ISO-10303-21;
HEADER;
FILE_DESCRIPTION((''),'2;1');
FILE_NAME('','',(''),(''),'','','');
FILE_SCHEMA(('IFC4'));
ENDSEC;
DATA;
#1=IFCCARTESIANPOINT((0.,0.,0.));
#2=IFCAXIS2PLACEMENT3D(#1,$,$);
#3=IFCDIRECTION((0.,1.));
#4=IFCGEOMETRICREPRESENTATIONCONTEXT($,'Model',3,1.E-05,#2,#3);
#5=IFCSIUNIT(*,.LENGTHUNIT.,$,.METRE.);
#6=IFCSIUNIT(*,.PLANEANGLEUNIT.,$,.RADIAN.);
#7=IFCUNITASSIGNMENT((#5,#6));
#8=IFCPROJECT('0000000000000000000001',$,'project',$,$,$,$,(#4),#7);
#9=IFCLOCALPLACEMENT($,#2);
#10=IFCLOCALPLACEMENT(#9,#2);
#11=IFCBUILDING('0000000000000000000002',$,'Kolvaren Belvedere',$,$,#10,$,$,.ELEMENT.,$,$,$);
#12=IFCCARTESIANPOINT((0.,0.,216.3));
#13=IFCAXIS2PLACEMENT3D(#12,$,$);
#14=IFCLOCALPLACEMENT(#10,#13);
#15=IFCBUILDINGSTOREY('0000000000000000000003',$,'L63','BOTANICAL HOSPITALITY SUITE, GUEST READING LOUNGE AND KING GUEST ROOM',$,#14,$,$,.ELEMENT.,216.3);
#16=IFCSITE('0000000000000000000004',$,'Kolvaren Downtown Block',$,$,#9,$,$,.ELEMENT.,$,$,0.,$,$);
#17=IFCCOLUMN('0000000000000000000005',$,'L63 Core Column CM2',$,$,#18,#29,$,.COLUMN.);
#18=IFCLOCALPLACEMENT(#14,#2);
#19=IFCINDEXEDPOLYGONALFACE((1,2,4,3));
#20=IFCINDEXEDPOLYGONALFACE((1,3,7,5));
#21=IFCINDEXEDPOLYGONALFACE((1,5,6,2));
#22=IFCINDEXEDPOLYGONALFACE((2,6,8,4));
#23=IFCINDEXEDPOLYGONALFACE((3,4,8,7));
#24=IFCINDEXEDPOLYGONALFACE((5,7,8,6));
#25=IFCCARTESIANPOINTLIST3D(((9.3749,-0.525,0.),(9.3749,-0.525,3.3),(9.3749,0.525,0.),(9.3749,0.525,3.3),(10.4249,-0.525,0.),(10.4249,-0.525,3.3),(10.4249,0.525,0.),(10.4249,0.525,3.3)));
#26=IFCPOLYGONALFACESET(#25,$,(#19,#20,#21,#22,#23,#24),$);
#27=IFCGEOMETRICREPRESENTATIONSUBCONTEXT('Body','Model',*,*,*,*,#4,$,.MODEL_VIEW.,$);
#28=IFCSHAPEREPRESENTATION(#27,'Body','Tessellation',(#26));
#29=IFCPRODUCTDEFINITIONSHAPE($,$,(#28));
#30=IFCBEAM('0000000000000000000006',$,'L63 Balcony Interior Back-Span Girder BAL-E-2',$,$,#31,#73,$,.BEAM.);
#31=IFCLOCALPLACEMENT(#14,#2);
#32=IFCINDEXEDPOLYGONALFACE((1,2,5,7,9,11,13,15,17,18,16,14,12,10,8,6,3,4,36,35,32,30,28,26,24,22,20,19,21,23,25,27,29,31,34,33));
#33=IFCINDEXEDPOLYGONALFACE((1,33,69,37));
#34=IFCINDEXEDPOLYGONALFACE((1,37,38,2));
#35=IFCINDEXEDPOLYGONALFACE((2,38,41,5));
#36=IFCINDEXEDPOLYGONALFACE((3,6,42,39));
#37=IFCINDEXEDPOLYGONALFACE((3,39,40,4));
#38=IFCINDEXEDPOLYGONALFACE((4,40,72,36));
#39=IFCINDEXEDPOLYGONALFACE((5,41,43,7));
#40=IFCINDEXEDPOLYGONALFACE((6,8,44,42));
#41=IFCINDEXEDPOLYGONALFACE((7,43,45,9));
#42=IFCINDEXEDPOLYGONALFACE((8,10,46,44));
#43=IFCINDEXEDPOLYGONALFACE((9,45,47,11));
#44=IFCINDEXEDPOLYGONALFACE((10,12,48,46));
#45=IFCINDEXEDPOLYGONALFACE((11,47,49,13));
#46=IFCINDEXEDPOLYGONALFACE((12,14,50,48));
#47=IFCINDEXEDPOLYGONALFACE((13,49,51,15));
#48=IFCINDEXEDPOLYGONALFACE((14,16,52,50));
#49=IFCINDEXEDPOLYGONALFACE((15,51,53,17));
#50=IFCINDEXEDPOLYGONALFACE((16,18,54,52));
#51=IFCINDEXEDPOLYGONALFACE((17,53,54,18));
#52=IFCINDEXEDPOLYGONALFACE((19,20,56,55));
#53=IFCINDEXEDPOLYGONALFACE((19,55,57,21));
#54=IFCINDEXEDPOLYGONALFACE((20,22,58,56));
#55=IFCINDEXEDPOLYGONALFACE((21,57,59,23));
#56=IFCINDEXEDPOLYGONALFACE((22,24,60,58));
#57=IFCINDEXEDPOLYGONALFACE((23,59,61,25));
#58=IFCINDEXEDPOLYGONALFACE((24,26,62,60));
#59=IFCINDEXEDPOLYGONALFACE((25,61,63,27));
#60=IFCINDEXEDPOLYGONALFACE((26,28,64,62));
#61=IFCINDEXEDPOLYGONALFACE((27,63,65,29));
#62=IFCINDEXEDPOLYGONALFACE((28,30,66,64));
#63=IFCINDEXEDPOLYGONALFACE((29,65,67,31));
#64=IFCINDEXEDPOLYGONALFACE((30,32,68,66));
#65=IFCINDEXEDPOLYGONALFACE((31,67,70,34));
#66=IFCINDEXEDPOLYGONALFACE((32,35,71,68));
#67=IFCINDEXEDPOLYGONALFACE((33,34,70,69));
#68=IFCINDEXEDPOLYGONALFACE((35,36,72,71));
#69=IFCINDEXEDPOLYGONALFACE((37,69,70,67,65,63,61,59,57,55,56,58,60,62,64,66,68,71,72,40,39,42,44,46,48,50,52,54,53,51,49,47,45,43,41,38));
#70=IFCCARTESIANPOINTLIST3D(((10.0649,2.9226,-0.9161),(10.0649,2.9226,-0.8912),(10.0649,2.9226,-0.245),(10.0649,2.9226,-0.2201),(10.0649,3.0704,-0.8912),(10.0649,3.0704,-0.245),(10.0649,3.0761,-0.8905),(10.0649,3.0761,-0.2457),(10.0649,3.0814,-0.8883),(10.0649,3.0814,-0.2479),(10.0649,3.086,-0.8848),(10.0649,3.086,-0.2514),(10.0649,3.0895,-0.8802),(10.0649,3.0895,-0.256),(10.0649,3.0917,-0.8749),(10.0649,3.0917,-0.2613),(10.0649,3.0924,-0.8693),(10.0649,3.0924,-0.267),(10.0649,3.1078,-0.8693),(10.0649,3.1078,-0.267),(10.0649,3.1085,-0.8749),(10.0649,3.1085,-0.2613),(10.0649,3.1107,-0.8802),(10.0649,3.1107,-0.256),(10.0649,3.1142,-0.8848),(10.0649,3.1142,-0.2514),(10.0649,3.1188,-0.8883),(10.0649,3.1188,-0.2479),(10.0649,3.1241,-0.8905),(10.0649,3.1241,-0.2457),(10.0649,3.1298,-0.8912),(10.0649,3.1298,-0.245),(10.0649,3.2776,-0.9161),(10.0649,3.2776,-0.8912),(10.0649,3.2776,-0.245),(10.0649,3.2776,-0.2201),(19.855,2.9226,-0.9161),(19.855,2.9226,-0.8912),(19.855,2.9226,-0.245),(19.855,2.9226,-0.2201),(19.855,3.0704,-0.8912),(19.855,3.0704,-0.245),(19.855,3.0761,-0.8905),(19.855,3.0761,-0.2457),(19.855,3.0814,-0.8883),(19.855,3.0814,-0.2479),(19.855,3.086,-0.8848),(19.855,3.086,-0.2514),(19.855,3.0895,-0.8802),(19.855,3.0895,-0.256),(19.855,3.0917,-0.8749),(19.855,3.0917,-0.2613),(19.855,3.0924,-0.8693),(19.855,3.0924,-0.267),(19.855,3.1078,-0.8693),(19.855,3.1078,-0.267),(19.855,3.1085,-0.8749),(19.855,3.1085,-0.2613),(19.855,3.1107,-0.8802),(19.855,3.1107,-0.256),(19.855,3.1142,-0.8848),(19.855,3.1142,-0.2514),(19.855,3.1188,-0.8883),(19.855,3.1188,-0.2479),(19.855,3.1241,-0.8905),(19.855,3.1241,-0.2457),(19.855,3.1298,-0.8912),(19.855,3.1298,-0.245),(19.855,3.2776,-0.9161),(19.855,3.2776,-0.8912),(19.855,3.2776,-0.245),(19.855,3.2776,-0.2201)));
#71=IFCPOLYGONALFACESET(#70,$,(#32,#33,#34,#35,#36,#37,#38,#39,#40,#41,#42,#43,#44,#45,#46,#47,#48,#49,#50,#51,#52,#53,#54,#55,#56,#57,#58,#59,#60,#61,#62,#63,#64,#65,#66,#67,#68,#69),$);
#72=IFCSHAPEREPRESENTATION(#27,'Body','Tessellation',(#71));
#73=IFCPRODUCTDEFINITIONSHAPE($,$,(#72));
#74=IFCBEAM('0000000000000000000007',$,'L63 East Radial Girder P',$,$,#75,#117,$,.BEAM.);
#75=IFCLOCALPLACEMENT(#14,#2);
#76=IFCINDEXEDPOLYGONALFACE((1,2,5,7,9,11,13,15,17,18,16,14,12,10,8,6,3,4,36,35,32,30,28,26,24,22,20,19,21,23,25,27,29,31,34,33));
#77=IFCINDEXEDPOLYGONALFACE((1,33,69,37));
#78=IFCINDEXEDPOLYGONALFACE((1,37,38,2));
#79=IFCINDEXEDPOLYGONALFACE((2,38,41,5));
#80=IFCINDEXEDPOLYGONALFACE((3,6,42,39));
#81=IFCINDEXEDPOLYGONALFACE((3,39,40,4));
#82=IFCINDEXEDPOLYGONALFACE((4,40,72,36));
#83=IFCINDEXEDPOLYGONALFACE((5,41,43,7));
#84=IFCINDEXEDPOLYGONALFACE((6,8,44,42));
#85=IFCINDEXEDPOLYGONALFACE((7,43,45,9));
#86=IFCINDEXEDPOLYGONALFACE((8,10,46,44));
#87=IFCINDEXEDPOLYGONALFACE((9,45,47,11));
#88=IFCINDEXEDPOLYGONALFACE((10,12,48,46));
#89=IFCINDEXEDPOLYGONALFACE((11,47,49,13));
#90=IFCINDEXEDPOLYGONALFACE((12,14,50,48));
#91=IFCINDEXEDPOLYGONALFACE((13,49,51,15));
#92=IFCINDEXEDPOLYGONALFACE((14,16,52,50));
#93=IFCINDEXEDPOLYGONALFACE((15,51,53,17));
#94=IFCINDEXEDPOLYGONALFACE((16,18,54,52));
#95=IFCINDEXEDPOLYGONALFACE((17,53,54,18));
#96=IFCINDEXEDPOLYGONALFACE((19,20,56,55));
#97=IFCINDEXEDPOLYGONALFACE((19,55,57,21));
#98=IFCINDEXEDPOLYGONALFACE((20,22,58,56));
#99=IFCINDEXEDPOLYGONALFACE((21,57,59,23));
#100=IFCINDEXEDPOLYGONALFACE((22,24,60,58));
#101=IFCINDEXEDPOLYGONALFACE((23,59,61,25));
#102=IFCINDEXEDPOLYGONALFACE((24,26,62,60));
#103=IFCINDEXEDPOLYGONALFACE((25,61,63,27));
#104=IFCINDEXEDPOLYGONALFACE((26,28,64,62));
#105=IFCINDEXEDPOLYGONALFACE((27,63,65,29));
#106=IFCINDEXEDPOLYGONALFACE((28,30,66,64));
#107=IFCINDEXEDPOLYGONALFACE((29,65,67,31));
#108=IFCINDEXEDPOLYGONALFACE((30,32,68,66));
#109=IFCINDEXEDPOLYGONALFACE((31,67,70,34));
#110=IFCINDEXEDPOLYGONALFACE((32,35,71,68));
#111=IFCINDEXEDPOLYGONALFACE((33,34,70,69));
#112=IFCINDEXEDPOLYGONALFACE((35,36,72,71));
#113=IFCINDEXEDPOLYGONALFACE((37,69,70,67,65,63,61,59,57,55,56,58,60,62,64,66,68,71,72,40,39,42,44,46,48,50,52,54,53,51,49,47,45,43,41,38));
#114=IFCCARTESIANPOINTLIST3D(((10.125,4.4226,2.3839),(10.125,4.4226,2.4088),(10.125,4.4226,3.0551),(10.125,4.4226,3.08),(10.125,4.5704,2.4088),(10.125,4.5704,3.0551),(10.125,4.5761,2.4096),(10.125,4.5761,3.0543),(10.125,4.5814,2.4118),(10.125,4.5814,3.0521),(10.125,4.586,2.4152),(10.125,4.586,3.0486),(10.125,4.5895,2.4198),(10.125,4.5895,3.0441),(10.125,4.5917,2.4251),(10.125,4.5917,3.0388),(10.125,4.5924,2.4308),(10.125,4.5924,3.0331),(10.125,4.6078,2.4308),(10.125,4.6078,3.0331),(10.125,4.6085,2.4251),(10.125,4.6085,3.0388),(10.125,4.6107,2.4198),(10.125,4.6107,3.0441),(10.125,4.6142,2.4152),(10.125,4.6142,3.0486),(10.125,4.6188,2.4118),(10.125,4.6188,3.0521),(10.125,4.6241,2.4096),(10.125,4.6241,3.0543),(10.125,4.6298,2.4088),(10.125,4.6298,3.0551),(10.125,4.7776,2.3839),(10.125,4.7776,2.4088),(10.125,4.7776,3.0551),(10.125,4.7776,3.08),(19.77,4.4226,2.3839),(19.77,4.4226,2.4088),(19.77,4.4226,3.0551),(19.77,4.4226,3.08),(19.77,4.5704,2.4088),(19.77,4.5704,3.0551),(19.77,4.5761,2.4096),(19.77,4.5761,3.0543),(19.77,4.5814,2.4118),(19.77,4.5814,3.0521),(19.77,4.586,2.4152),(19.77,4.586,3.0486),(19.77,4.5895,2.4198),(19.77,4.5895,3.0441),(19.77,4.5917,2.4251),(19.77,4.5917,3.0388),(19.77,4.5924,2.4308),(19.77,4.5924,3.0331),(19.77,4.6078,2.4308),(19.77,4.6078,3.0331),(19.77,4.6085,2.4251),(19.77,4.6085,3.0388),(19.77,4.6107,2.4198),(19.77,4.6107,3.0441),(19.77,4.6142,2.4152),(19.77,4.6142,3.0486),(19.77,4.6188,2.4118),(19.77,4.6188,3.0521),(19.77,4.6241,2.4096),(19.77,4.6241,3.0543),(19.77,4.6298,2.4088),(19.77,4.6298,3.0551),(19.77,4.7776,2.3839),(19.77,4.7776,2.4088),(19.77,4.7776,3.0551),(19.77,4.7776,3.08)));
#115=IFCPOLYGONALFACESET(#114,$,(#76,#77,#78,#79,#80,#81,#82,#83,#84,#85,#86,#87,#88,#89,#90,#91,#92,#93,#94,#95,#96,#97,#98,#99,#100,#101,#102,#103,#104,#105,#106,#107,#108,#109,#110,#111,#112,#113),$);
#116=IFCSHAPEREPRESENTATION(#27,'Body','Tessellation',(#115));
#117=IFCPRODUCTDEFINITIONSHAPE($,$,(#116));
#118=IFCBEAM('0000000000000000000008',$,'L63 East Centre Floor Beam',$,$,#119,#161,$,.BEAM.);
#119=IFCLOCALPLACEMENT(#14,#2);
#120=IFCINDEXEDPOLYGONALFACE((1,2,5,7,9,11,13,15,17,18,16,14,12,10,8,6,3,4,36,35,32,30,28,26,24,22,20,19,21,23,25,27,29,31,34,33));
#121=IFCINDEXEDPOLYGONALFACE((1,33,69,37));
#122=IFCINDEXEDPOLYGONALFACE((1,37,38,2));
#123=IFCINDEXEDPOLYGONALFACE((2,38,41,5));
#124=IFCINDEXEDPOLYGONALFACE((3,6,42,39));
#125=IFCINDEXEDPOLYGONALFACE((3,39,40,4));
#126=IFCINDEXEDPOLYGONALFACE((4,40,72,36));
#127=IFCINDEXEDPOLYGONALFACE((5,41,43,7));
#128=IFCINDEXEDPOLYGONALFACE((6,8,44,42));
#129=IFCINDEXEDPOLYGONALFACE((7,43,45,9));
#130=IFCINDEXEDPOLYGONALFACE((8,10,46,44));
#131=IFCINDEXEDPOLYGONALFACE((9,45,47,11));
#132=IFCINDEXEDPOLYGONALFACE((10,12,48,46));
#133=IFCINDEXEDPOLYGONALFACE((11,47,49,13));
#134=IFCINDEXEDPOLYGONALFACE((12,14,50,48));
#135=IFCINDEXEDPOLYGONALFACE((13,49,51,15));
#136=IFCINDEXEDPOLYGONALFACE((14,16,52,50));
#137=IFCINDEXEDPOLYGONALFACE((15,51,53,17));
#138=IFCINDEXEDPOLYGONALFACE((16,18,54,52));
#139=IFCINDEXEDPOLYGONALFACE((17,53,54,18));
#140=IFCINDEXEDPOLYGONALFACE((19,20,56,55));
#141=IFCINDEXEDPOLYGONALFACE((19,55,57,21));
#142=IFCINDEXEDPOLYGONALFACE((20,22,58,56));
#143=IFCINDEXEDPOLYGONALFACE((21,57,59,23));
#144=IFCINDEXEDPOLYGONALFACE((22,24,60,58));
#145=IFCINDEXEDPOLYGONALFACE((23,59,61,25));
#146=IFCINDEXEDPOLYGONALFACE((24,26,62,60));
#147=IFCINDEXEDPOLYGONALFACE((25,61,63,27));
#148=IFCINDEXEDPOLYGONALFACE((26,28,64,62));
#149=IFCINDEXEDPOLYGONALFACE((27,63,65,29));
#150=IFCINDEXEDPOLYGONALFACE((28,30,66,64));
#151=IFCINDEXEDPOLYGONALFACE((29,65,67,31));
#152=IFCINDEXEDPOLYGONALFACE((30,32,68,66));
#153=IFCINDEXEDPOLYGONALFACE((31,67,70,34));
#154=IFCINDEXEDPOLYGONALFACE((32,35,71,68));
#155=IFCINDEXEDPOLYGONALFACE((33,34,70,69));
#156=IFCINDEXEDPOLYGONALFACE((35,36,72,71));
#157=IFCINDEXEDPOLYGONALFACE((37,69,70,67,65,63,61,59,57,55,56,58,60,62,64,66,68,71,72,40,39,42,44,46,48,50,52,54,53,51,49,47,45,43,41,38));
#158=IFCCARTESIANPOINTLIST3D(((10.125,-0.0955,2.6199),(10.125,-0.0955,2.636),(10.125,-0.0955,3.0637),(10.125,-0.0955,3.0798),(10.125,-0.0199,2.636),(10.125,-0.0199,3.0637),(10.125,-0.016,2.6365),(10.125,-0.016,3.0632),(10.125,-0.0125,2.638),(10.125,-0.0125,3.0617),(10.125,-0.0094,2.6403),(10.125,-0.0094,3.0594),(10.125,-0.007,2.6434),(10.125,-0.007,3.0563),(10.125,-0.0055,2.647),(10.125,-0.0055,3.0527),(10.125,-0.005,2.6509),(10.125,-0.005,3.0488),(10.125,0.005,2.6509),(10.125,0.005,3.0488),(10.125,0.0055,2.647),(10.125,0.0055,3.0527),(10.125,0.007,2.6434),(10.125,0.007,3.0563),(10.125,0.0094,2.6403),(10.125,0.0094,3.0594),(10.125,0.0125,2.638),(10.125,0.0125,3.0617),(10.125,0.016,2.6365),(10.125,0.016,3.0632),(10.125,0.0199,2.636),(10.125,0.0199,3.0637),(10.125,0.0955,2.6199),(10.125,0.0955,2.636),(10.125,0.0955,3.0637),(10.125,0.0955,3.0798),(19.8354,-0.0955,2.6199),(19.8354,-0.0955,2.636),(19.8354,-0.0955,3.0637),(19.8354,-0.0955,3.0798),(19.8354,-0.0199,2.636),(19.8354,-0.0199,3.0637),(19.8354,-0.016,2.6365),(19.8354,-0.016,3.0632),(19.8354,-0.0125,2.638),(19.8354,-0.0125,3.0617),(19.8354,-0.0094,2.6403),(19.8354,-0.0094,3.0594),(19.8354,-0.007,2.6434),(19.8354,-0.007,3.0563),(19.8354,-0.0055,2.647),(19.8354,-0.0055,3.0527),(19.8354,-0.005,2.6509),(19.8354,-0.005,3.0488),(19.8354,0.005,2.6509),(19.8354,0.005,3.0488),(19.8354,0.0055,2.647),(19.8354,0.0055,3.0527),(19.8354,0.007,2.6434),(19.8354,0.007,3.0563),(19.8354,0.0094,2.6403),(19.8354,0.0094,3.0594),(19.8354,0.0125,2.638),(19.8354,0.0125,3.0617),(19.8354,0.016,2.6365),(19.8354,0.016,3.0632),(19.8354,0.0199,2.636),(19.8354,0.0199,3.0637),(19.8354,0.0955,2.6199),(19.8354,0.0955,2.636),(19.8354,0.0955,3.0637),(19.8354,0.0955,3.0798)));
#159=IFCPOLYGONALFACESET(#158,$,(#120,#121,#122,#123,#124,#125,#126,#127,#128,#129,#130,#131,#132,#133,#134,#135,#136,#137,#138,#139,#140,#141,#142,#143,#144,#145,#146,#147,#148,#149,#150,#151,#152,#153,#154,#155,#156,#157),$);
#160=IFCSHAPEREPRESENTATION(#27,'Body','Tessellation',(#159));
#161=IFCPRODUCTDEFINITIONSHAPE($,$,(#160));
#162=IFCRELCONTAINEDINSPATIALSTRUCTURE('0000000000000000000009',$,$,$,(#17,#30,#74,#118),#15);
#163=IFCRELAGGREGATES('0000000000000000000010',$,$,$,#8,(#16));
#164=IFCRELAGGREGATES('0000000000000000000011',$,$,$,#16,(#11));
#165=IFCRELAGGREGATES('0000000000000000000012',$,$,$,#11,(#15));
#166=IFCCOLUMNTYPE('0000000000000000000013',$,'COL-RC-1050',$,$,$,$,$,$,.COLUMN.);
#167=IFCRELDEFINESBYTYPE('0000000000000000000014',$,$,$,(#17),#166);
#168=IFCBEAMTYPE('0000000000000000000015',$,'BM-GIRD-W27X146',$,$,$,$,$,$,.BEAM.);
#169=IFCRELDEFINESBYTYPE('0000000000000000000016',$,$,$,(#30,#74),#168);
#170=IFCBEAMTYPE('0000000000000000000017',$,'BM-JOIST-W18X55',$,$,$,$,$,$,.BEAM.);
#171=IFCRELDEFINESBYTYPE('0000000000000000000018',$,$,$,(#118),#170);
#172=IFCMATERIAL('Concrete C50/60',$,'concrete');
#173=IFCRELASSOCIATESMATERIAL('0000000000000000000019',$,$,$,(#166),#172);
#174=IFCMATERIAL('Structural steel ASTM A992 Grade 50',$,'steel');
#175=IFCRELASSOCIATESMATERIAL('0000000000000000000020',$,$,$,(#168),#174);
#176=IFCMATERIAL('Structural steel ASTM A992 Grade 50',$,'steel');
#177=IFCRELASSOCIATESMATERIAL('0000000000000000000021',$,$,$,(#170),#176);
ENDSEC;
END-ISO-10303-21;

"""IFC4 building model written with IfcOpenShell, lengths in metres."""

from ifc_helpers import new_model, si_unit, direction, frame, origin, origin_2d, place, context, subcontext, project, spatial, rectangle, i_section, extrude, material, material_profile, profile_set, type_object, element, save


model = new_model("IFC4")

# Units and contexts
model_context = context("Model", 3, precision=1e-05, world=origin(), true_north=direction((0.0, 1.0)))
body_context = subcontext(model_context, "Body", "Model", "MODEL_VIEW")
ifc_project = project(units=[si_unit("LENGTHUNIT", "METRE"), si_unit("PLANEANGLEUNIT", "RADIAN")], contexts=[model_context])

# Site, building, storey
site_placement = place(None, origin())
site = spatial("IfcSite", under=ifc_project, at=site_placement, Name="Kolvaren Downtown Block", CompositionType="ELEMENT", RefElevation=0.0)
building_placement = place(site_placement, origin())
building = spatial("IfcBuilding", under=site, at=building_placement, Name="Kolvaren Belvedere", CompositionType="ELEMENT")
storey_placement = place(building_placement, frame((0.0, 0.0, 216.3)))
storey = spatial("IfcBuildingStorey", under=building, at=storey_placement, Name="L63", Description="BOTANICAL HOSPITALITY SUITE, GUEST READING LOUNGE AND KING GUEST ROOM", CompositionType="ELEMENT", Elevation=216.3)

# Column
ifc_material_1 = material(Name="Concrete C50/60", Category="concrete")
ifc_material_profile_1 = material_profile(ifc_material_1, rectangle(XDim=1.05, YDim=1.05, at=origin_2d()), Name="RC 1050X1050")
ifc_profile_set_1 = profile_set([ifc_material_profile_1], Name="Concrete C50/60")
column_type = type_object("IfcColumnType", Name="COL-RC-1050", PredefinedType="COLUMN", material=ifc_profile_set_1)
column_placement = place(storey_placement, frame((9.8999, 0.0, 0.0), z_axis=(0.0, 0.0, 1.0), x_axis=(1.0, 0.0, 0.0)))
element("IfcColumn", 1, at=column_placement, inside=storey, type_object=column_type, Name="L63 Core Column CM2", PredefinedType="COLUMN", context=body_context, shape_type="SweptSolid", body=[
    extrude(rectangle(XDim=1.05, YDim=1.05, at=origin_2d()), origin(), (0.0, 0.0, 1.0), 3.3),
])

# Beams
ifc_material_2 = material(Name="Structural steel ASTM A992 Grade 50", Category="steel")
ifc_material_profile_2 = material_profile(ifc_material_2, i_section(OverallWidth=0.355, OverallDepth=0.696, WebThickness=0.0154, FlangeThickness=0.0249, FilletRadius=0.022, at=origin_2d()), Name="W27X146")
ifc_profile_set_2 = profile_set([ifc_material_profile_2], Name="Structural steel ASTM A992 Grade 50")
beam_type_1 = type_object("IfcBeamType", Name="BM-GIRD-W27X146", PredefinedType="BEAM", material=ifc_profile_set_2)
beam_1_placement = place(storey_placement, frame((10.0649, 3.1001, -0.5681), z_axis=(1.0, 0.0, 0.0), x_axis=(0.0, 1.0, 0.0)))
element("IfcBeam", 2, at=beam_1_placement, inside=storey, type_object=beam_type_1, Name="L63 Balcony Interior Back-Span Girder BAL-E-2", PredefinedType="BEAM", context=body_context, shape_type="SweptSolid", body=[
    extrude(i_section(OverallWidth=0.355, OverallDepth=0.696, WebThickness=0.0154, FlangeThickness=0.0249, FilletRadius=0.022, at=origin_2d()), origin(), (0.0, 0.0, 1.0), 9.79),
])
beam_2_placement = place(storey_placement, frame((10.125, 4.6001, 2.7319), z_axis=(1.0, 0.0, 0.0), x_axis=(0.0, 1.0, 0.0)))
element("IfcBeam", 3, at=beam_2_placement, inside=storey, type_object=beam_type_1, Name="L63 East Radial Girder P", PredefinedType="BEAM", context=body_context, shape_type="SweptSolid", body=[
    extrude(i_section(OverallWidth=0.355, OverallDepth=0.696, WebThickness=0.0154, FlangeThickness=0.0249, FilletRadius=0.022, at=origin_2d()), origin(), (0.0, 0.0, 1.0), 9.645),
])
ifc_material_3 = material(Name="Structural steel ASTM A992 Grade 50", Category="steel")
ifc_material_profile_3 = material_profile(ifc_material_3, i_section(OverallWidth=0.1909, OverallDepth=0.46, WebThickness=0.01, FlangeThickness=0.0161, FilletRadius=0.0149, at=origin_2d()), Name="W18X55")
ifc_profile_set_3 = profile_set([ifc_material_profile_3], Name="Structural steel ASTM A992 Grade 50")
beam_type_2 = type_object("IfcBeamType", Name="BM-JOIST-W18X55", PredefinedType="BEAM", material=ifc_profile_set_3)
beam_3_placement = place(storey_placement, frame((10.125, 0.0, 2.8499), z_axis=(1.0, 0.0, 0.0), x_axis=(0.0, 1.0, 0.0)))
element("IfcBeam", 4, at=beam_3_placement, inside=storey, type_object=beam_type_2, Name="L63 East Centre Floor Beam", PredefinedType="BEAM", context=body_context, shape_type="SweptSolid", body=[
    extrude(i_section(OverallWidth=0.1909, OverallDepth=0.46, WebThickness=0.01, FlangeThickness=0.0161, FilletRadius=0.0149, at=origin_2d()), origin(), (0.0, 0.0, 1.0), 9.7104),
])

save(model, "model.ifc")
